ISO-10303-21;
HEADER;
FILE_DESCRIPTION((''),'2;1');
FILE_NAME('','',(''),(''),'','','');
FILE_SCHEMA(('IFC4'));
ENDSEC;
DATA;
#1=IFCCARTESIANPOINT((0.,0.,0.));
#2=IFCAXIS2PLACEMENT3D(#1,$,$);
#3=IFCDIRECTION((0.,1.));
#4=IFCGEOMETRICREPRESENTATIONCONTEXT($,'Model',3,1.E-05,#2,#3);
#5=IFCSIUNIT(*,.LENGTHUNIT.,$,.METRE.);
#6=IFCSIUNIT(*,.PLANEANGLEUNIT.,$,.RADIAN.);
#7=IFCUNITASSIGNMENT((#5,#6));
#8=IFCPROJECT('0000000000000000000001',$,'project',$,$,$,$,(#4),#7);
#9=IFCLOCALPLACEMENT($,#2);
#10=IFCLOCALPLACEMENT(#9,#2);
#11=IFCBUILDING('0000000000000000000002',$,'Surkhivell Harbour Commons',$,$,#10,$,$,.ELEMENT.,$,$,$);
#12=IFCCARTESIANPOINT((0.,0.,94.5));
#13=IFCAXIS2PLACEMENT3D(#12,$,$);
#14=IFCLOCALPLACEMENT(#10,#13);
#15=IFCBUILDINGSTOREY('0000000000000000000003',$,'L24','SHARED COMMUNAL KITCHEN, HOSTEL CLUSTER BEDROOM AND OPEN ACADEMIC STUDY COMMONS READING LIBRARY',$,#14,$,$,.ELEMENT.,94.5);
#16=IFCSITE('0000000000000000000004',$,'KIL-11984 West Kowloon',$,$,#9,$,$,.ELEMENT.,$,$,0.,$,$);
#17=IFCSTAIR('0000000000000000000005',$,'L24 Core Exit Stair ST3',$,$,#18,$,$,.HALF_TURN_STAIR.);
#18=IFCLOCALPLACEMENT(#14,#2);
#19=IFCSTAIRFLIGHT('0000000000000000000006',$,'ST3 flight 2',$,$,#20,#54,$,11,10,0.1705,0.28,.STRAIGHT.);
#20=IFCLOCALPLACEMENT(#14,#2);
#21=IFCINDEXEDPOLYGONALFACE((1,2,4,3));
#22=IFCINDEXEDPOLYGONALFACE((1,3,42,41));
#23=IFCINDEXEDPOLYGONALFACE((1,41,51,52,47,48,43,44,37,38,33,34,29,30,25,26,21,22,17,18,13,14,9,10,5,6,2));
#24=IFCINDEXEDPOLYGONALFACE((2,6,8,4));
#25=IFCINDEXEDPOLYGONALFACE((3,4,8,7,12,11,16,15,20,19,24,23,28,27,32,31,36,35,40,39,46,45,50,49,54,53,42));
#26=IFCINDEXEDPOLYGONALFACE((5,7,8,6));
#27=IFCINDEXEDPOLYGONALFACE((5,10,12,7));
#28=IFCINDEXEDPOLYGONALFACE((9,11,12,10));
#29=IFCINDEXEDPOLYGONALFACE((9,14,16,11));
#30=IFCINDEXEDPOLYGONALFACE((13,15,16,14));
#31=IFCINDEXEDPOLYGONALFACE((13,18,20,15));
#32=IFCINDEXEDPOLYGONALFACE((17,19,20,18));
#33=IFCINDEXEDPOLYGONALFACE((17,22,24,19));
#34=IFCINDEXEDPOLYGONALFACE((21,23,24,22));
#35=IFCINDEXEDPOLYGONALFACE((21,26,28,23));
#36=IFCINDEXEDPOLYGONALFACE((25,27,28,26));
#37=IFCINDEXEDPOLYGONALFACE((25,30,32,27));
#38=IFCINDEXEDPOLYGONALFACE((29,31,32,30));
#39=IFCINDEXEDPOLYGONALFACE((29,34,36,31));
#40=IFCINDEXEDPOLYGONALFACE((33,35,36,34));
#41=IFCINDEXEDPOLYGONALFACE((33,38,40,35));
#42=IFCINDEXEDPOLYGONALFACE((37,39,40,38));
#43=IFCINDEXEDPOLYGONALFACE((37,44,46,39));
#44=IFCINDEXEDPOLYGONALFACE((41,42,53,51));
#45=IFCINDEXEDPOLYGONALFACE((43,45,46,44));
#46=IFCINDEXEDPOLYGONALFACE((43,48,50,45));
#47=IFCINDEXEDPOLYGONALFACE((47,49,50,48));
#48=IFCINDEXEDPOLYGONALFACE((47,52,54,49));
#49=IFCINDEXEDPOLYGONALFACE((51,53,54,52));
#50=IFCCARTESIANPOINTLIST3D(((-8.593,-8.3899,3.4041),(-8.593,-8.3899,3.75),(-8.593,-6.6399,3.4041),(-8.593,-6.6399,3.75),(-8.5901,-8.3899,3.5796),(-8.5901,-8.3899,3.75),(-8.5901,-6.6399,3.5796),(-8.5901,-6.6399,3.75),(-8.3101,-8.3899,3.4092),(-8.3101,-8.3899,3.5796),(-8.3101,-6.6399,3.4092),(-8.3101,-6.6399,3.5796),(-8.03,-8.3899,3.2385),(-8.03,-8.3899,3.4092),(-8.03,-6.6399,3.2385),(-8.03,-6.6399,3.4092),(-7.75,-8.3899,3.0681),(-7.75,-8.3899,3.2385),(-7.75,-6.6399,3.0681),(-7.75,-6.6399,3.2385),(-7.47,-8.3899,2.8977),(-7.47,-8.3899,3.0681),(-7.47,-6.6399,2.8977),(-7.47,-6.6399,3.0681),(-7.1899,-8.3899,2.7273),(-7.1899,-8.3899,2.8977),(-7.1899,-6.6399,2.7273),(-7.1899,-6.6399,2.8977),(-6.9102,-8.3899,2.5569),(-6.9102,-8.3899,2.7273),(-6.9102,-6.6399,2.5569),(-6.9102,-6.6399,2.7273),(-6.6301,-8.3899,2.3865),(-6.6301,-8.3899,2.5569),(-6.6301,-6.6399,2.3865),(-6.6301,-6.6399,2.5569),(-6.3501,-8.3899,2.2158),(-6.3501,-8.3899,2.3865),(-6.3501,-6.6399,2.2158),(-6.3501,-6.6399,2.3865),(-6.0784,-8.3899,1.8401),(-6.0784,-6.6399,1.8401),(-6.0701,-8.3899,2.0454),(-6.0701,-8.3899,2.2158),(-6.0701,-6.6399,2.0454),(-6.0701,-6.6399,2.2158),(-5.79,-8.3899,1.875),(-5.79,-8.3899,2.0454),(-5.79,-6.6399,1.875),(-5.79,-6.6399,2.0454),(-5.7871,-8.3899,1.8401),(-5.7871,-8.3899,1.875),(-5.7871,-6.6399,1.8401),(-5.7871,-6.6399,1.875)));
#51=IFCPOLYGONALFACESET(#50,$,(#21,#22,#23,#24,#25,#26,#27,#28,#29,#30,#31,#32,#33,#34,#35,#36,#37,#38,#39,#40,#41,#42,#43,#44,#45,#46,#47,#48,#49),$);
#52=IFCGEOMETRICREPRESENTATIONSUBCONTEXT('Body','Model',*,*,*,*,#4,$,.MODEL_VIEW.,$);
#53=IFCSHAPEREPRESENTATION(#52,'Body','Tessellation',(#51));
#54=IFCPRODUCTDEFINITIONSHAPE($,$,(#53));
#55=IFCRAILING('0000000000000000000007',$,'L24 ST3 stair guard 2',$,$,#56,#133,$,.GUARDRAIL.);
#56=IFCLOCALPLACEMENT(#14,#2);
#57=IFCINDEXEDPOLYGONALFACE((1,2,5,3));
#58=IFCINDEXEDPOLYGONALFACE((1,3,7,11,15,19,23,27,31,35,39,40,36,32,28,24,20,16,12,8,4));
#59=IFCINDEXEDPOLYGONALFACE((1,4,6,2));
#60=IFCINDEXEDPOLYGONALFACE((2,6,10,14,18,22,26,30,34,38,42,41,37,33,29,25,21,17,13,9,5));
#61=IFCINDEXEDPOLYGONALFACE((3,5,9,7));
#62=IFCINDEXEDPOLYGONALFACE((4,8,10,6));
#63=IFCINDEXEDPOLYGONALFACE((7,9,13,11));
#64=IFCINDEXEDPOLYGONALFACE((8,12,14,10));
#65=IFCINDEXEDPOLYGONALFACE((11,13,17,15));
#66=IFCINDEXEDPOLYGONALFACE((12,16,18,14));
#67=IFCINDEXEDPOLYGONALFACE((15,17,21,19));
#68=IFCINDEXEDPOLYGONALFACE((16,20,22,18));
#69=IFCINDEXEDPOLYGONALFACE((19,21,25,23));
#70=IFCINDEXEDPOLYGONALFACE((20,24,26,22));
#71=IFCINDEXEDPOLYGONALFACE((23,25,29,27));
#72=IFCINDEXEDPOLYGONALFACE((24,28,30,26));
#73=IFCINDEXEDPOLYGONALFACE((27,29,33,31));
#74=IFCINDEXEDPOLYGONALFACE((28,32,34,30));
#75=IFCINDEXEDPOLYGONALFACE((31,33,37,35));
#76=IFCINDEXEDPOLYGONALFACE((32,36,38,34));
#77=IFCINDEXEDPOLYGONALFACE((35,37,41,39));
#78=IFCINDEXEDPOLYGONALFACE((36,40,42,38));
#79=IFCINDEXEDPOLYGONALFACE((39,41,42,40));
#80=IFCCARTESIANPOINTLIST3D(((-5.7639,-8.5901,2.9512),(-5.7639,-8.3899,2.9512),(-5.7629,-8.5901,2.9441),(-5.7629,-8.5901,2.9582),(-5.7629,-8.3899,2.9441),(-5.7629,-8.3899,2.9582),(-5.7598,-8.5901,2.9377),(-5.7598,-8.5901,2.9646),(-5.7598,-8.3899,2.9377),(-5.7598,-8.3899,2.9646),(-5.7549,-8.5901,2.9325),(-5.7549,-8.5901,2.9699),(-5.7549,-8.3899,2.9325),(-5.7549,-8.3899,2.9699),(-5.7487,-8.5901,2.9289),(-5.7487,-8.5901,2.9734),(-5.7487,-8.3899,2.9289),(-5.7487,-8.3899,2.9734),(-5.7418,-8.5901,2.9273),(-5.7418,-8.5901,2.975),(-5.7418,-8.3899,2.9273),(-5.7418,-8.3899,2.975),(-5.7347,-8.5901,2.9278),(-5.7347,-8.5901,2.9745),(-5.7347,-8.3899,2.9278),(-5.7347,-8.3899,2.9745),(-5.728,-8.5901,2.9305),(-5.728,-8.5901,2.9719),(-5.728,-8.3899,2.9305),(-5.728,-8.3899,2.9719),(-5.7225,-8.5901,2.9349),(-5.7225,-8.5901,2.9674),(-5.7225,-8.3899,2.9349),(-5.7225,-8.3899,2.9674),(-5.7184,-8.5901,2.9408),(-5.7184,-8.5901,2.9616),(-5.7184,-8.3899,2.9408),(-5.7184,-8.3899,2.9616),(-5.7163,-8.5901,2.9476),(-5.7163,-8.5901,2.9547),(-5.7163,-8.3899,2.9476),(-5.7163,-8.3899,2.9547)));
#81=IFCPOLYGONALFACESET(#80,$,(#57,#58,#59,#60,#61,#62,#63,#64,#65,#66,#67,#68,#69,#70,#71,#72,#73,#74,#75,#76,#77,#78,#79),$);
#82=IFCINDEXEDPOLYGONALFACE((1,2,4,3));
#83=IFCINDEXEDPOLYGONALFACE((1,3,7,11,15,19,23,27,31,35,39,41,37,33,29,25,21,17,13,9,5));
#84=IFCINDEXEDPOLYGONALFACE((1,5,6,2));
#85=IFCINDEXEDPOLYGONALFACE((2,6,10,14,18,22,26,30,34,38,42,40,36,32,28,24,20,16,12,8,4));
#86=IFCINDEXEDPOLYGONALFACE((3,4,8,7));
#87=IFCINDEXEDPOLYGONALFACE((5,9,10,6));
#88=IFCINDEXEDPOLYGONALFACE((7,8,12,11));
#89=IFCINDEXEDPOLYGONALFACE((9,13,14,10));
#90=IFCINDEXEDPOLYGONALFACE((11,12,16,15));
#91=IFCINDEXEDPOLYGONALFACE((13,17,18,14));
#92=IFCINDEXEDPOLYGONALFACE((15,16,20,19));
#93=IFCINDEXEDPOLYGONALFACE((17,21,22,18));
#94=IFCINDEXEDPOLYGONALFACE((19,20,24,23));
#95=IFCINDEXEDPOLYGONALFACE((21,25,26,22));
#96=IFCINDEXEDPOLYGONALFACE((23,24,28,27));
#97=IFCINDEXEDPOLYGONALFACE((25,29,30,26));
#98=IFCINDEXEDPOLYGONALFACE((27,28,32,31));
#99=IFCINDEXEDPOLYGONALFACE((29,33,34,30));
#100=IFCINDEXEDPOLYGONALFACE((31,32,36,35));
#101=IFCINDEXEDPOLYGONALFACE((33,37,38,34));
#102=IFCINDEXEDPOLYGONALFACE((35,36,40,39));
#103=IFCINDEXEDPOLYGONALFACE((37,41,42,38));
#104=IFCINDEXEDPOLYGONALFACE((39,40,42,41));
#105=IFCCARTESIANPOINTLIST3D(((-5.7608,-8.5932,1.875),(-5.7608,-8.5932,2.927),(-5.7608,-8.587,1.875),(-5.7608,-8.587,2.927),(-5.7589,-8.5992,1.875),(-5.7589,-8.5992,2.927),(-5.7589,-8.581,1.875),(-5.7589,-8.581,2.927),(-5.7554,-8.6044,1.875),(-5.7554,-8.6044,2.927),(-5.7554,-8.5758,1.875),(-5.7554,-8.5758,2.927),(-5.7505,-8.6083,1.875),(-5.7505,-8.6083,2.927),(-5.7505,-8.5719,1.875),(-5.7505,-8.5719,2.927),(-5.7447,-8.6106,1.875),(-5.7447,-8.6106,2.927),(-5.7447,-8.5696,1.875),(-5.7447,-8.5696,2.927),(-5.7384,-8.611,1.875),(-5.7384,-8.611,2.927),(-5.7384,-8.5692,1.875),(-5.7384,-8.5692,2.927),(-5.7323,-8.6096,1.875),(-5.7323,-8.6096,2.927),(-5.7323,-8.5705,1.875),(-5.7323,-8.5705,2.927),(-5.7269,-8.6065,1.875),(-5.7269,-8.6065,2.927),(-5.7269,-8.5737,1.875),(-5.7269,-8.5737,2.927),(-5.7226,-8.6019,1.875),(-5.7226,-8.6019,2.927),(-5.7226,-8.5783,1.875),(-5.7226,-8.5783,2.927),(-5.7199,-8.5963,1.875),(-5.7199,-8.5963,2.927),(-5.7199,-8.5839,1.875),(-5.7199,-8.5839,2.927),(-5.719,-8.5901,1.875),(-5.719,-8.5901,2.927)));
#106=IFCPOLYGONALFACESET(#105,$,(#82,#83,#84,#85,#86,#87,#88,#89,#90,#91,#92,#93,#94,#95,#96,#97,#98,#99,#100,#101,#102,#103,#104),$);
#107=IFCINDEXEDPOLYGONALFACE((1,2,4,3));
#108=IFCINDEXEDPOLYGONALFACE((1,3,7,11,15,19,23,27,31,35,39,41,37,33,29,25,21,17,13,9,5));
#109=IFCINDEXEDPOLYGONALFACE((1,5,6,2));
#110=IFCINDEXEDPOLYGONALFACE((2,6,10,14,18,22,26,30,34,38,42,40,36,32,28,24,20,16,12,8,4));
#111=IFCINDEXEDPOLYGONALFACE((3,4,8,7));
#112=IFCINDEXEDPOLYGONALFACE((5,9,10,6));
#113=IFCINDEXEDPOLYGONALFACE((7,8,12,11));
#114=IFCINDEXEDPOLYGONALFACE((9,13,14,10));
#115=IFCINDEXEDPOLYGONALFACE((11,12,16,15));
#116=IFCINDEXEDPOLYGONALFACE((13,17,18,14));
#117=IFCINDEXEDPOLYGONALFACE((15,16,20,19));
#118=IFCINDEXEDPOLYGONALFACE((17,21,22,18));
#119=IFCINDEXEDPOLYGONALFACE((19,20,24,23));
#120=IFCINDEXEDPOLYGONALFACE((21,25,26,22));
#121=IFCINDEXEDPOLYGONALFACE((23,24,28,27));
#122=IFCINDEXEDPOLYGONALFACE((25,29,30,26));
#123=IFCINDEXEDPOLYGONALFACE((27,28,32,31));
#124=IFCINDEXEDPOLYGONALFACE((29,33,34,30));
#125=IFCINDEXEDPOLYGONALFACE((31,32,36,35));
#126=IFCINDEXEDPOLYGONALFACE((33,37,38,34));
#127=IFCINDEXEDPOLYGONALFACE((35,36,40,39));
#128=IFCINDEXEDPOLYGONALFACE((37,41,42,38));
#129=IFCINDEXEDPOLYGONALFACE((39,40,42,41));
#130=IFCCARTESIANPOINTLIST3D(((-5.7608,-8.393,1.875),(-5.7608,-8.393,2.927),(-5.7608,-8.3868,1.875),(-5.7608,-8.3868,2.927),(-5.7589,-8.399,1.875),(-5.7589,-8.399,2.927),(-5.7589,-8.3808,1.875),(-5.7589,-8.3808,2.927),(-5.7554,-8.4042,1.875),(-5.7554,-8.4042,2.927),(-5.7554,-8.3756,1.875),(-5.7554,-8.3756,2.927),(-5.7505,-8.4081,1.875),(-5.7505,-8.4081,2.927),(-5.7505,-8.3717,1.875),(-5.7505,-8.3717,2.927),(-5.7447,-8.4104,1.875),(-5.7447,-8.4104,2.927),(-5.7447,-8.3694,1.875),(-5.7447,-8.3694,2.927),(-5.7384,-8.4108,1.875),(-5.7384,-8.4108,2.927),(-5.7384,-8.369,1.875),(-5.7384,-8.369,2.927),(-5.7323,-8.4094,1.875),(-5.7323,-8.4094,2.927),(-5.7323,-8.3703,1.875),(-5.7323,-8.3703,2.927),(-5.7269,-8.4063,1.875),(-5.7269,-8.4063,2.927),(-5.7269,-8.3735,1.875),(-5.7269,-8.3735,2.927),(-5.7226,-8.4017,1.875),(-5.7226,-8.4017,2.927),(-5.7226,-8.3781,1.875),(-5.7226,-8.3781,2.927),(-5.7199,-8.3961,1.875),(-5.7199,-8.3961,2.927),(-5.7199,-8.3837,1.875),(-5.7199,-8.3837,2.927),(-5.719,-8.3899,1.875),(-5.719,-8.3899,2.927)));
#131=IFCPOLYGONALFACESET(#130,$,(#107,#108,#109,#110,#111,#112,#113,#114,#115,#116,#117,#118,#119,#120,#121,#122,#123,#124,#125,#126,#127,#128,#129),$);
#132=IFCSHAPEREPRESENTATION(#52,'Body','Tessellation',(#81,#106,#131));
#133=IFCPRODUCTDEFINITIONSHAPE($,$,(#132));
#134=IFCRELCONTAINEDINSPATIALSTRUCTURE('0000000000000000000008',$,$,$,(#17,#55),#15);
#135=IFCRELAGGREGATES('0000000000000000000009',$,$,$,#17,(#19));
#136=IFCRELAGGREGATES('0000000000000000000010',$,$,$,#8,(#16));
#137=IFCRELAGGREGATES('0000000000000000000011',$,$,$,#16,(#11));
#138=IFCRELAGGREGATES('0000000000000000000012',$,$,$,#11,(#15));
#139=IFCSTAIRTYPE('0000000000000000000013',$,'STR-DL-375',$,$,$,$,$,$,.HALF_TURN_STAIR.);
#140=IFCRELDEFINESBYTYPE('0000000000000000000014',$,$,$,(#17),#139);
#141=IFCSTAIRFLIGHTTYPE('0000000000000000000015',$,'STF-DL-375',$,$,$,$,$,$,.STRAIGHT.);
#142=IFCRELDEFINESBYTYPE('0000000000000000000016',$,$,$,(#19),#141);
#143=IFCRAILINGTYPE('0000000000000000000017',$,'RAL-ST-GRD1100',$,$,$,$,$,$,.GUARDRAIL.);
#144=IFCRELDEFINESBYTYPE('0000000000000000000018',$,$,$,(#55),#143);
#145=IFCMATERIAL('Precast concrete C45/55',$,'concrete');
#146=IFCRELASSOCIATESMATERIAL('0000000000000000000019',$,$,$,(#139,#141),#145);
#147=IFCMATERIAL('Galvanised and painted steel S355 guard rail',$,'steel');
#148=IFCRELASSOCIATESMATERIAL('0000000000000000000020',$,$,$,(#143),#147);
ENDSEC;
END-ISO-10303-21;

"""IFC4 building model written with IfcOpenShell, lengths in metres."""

from ifc_helpers import new_model, si_unit, direction, frame, origin, origin_2d, place, context, subcontext, project, spatial, polyline, circle, outline, extrude, material, type_object, element, aggregate, save


model = new_model("IFC4")

# Units and contexts
model_context = context("Model", 3, precision=1e-05, world=origin(), true_north=direction((0.0, 1.0)))
body_context = subcontext(model_context, "Body", "Model", "MODEL_VIEW")
ifc_project = project(units=[si_unit("LENGTHUNIT", "METRE"), si_unit("PLANEANGLEUNIT", "RADIAN")], contexts=[model_context])

# Site, building, storey
site_placement = place(None, origin())
site = spatial("IfcSite", under=ifc_project, at=site_placement, Name="KIL-11984 West Kowloon", CompositionType="ELEMENT", RefElevation=0.0)
building_placement = place(site_placement, origin())
building = spatial("IfcBuilding", under=site, at=building_placement, Name="Surkhivell Harbour Commons", CompositionType="ELEMENT")
storey_placement = place(building_placement, frame((0.0, 0.0, 94.5)))
storey = spatial("IfcBuildingStorey", under=building, at=storey_placement, Name="L24", Description="SHARED COMMUNAL KITCHEN, HOSTEL CLUSTER BEDROOM AND OPEN ACADEMIC STUDY COMMONS READING LIBRARY", CompositionType="ELEMENT", Elevation=94.5)

# Stair, stair flight
ifc_material_1 = material(Name="Precast concrete C45/55", Category="concrete")
stair_type = type_object("IfcStairType", Name="STR-DL-375", PredefinedType="HALF_TURN_STAIR", material=ifc_material_1)
stair_placement = place(storey_placement, origin())
stair = element("IfcStair", 1, at=stair_placement, inside=storey, type_object=stair_type, Name="L24 Core Exit Stair ST3", PredefinedType="HALF_TURN_STAIR")
stair_flight_type = type_object("IfcStairFlightType", Name="STF-DL-375", PredefinedType="STRAIGHT", material=ifc_material_1)
stair_flight_placement = place(storey_placement, frame((-5.79, -7.5149, 1.875), z_axis=(0.0, 0.0, 1.0), x_axis=(-1.0, 0.0, 0.0)))
stair_flight = element("IfcStairFlight", 2, at=stair_flight_placement, type_object=stair_flight_type, Name="ST3 flight 2", NumberOfRisers=11, NumberOfTreads=10, PredefinedType="STRAIGHT", RiserHeight=0.1705, TreadLength=0.28, context=body_context, shape_type="SweptSolid", body=[
    extrude(outline(polyline([(-0.0029, -0.0349), (-0.0029, 0.0), (0.0, 0.0), (0.0, 0.1704), (0.28, 0.1704), (0.28, 0.3408), (0.5601, 0.3408), (0.5601, 0.5115), (0.8401, 0.5115), (0.8401, 0.6819), (1.1201, 0.6819), (1.1201, 0.8523), (1.3999, 0.8523), (1.3999, 1.0227), (1.6799, 1.0227), (1.6799, 1.1931), (1.96, 1.1931), (1.96, 1.3635), (2.24, 1.3635), (2.24, 1.5342), (2.52, 1.5342), (2.52, 1.7046), (2.8, 1.7046), (2.8, 1.875), (2.803, 1.875), (2.803, 1.5291), (0.2883, -0.0349), (-0.0029, -0.0349)])), frame((0.0, 0.875, 0.0), z_axis=(0.0, -1.0, 0.0), x_axis=(1.0, 0.0, 0.0)), (0.0, 0.0, 1.0), 1.75),
])
aggregate(stair, [stair_flight])

# Railing
ifc_material_2 = material(Name="Galvanised and painted steel S355 guard rail", Category="steel")
railing_type_1 = type_object("IfcRailingType", Name="RAL-ST-GRD1100", PredefinedType="GUARDRAIL", material=ifc_material_2)
railing_1_placement = place(storey_placement, frame((-5.74, -8.5901, 1.875)))
element("IfcRailing", 3, at=railing_1_placement, inside=storey, type_object=railing_type_1, Name="L24 ST3 stair guard 2", PredefinedType="GUARDRAIL", context=body_context, shape_type="SweptSolid", body=[
    extrude(circle(Radius=0.0239, at=origin_2d()), frame((0.0, 0.0, 1.0762), z_axis=(0.0, 1.0, 0.0), x_axis=(-1.0, 0.0, 0.0)), (0.0, 0.0, 1.0), 0.2002),
    extrude(circle(Radius=0.021, at=origin_2d()), origin(), (0.0, 0.0, 1.0), 1.052),
    extrude(circle(Radius=0.021, at=origin_2d()), frame((0.0, 0.2002, 0.0)), (0.0, 0.0, 1.0), 1.052),
])

save(model, "model.ifc")
